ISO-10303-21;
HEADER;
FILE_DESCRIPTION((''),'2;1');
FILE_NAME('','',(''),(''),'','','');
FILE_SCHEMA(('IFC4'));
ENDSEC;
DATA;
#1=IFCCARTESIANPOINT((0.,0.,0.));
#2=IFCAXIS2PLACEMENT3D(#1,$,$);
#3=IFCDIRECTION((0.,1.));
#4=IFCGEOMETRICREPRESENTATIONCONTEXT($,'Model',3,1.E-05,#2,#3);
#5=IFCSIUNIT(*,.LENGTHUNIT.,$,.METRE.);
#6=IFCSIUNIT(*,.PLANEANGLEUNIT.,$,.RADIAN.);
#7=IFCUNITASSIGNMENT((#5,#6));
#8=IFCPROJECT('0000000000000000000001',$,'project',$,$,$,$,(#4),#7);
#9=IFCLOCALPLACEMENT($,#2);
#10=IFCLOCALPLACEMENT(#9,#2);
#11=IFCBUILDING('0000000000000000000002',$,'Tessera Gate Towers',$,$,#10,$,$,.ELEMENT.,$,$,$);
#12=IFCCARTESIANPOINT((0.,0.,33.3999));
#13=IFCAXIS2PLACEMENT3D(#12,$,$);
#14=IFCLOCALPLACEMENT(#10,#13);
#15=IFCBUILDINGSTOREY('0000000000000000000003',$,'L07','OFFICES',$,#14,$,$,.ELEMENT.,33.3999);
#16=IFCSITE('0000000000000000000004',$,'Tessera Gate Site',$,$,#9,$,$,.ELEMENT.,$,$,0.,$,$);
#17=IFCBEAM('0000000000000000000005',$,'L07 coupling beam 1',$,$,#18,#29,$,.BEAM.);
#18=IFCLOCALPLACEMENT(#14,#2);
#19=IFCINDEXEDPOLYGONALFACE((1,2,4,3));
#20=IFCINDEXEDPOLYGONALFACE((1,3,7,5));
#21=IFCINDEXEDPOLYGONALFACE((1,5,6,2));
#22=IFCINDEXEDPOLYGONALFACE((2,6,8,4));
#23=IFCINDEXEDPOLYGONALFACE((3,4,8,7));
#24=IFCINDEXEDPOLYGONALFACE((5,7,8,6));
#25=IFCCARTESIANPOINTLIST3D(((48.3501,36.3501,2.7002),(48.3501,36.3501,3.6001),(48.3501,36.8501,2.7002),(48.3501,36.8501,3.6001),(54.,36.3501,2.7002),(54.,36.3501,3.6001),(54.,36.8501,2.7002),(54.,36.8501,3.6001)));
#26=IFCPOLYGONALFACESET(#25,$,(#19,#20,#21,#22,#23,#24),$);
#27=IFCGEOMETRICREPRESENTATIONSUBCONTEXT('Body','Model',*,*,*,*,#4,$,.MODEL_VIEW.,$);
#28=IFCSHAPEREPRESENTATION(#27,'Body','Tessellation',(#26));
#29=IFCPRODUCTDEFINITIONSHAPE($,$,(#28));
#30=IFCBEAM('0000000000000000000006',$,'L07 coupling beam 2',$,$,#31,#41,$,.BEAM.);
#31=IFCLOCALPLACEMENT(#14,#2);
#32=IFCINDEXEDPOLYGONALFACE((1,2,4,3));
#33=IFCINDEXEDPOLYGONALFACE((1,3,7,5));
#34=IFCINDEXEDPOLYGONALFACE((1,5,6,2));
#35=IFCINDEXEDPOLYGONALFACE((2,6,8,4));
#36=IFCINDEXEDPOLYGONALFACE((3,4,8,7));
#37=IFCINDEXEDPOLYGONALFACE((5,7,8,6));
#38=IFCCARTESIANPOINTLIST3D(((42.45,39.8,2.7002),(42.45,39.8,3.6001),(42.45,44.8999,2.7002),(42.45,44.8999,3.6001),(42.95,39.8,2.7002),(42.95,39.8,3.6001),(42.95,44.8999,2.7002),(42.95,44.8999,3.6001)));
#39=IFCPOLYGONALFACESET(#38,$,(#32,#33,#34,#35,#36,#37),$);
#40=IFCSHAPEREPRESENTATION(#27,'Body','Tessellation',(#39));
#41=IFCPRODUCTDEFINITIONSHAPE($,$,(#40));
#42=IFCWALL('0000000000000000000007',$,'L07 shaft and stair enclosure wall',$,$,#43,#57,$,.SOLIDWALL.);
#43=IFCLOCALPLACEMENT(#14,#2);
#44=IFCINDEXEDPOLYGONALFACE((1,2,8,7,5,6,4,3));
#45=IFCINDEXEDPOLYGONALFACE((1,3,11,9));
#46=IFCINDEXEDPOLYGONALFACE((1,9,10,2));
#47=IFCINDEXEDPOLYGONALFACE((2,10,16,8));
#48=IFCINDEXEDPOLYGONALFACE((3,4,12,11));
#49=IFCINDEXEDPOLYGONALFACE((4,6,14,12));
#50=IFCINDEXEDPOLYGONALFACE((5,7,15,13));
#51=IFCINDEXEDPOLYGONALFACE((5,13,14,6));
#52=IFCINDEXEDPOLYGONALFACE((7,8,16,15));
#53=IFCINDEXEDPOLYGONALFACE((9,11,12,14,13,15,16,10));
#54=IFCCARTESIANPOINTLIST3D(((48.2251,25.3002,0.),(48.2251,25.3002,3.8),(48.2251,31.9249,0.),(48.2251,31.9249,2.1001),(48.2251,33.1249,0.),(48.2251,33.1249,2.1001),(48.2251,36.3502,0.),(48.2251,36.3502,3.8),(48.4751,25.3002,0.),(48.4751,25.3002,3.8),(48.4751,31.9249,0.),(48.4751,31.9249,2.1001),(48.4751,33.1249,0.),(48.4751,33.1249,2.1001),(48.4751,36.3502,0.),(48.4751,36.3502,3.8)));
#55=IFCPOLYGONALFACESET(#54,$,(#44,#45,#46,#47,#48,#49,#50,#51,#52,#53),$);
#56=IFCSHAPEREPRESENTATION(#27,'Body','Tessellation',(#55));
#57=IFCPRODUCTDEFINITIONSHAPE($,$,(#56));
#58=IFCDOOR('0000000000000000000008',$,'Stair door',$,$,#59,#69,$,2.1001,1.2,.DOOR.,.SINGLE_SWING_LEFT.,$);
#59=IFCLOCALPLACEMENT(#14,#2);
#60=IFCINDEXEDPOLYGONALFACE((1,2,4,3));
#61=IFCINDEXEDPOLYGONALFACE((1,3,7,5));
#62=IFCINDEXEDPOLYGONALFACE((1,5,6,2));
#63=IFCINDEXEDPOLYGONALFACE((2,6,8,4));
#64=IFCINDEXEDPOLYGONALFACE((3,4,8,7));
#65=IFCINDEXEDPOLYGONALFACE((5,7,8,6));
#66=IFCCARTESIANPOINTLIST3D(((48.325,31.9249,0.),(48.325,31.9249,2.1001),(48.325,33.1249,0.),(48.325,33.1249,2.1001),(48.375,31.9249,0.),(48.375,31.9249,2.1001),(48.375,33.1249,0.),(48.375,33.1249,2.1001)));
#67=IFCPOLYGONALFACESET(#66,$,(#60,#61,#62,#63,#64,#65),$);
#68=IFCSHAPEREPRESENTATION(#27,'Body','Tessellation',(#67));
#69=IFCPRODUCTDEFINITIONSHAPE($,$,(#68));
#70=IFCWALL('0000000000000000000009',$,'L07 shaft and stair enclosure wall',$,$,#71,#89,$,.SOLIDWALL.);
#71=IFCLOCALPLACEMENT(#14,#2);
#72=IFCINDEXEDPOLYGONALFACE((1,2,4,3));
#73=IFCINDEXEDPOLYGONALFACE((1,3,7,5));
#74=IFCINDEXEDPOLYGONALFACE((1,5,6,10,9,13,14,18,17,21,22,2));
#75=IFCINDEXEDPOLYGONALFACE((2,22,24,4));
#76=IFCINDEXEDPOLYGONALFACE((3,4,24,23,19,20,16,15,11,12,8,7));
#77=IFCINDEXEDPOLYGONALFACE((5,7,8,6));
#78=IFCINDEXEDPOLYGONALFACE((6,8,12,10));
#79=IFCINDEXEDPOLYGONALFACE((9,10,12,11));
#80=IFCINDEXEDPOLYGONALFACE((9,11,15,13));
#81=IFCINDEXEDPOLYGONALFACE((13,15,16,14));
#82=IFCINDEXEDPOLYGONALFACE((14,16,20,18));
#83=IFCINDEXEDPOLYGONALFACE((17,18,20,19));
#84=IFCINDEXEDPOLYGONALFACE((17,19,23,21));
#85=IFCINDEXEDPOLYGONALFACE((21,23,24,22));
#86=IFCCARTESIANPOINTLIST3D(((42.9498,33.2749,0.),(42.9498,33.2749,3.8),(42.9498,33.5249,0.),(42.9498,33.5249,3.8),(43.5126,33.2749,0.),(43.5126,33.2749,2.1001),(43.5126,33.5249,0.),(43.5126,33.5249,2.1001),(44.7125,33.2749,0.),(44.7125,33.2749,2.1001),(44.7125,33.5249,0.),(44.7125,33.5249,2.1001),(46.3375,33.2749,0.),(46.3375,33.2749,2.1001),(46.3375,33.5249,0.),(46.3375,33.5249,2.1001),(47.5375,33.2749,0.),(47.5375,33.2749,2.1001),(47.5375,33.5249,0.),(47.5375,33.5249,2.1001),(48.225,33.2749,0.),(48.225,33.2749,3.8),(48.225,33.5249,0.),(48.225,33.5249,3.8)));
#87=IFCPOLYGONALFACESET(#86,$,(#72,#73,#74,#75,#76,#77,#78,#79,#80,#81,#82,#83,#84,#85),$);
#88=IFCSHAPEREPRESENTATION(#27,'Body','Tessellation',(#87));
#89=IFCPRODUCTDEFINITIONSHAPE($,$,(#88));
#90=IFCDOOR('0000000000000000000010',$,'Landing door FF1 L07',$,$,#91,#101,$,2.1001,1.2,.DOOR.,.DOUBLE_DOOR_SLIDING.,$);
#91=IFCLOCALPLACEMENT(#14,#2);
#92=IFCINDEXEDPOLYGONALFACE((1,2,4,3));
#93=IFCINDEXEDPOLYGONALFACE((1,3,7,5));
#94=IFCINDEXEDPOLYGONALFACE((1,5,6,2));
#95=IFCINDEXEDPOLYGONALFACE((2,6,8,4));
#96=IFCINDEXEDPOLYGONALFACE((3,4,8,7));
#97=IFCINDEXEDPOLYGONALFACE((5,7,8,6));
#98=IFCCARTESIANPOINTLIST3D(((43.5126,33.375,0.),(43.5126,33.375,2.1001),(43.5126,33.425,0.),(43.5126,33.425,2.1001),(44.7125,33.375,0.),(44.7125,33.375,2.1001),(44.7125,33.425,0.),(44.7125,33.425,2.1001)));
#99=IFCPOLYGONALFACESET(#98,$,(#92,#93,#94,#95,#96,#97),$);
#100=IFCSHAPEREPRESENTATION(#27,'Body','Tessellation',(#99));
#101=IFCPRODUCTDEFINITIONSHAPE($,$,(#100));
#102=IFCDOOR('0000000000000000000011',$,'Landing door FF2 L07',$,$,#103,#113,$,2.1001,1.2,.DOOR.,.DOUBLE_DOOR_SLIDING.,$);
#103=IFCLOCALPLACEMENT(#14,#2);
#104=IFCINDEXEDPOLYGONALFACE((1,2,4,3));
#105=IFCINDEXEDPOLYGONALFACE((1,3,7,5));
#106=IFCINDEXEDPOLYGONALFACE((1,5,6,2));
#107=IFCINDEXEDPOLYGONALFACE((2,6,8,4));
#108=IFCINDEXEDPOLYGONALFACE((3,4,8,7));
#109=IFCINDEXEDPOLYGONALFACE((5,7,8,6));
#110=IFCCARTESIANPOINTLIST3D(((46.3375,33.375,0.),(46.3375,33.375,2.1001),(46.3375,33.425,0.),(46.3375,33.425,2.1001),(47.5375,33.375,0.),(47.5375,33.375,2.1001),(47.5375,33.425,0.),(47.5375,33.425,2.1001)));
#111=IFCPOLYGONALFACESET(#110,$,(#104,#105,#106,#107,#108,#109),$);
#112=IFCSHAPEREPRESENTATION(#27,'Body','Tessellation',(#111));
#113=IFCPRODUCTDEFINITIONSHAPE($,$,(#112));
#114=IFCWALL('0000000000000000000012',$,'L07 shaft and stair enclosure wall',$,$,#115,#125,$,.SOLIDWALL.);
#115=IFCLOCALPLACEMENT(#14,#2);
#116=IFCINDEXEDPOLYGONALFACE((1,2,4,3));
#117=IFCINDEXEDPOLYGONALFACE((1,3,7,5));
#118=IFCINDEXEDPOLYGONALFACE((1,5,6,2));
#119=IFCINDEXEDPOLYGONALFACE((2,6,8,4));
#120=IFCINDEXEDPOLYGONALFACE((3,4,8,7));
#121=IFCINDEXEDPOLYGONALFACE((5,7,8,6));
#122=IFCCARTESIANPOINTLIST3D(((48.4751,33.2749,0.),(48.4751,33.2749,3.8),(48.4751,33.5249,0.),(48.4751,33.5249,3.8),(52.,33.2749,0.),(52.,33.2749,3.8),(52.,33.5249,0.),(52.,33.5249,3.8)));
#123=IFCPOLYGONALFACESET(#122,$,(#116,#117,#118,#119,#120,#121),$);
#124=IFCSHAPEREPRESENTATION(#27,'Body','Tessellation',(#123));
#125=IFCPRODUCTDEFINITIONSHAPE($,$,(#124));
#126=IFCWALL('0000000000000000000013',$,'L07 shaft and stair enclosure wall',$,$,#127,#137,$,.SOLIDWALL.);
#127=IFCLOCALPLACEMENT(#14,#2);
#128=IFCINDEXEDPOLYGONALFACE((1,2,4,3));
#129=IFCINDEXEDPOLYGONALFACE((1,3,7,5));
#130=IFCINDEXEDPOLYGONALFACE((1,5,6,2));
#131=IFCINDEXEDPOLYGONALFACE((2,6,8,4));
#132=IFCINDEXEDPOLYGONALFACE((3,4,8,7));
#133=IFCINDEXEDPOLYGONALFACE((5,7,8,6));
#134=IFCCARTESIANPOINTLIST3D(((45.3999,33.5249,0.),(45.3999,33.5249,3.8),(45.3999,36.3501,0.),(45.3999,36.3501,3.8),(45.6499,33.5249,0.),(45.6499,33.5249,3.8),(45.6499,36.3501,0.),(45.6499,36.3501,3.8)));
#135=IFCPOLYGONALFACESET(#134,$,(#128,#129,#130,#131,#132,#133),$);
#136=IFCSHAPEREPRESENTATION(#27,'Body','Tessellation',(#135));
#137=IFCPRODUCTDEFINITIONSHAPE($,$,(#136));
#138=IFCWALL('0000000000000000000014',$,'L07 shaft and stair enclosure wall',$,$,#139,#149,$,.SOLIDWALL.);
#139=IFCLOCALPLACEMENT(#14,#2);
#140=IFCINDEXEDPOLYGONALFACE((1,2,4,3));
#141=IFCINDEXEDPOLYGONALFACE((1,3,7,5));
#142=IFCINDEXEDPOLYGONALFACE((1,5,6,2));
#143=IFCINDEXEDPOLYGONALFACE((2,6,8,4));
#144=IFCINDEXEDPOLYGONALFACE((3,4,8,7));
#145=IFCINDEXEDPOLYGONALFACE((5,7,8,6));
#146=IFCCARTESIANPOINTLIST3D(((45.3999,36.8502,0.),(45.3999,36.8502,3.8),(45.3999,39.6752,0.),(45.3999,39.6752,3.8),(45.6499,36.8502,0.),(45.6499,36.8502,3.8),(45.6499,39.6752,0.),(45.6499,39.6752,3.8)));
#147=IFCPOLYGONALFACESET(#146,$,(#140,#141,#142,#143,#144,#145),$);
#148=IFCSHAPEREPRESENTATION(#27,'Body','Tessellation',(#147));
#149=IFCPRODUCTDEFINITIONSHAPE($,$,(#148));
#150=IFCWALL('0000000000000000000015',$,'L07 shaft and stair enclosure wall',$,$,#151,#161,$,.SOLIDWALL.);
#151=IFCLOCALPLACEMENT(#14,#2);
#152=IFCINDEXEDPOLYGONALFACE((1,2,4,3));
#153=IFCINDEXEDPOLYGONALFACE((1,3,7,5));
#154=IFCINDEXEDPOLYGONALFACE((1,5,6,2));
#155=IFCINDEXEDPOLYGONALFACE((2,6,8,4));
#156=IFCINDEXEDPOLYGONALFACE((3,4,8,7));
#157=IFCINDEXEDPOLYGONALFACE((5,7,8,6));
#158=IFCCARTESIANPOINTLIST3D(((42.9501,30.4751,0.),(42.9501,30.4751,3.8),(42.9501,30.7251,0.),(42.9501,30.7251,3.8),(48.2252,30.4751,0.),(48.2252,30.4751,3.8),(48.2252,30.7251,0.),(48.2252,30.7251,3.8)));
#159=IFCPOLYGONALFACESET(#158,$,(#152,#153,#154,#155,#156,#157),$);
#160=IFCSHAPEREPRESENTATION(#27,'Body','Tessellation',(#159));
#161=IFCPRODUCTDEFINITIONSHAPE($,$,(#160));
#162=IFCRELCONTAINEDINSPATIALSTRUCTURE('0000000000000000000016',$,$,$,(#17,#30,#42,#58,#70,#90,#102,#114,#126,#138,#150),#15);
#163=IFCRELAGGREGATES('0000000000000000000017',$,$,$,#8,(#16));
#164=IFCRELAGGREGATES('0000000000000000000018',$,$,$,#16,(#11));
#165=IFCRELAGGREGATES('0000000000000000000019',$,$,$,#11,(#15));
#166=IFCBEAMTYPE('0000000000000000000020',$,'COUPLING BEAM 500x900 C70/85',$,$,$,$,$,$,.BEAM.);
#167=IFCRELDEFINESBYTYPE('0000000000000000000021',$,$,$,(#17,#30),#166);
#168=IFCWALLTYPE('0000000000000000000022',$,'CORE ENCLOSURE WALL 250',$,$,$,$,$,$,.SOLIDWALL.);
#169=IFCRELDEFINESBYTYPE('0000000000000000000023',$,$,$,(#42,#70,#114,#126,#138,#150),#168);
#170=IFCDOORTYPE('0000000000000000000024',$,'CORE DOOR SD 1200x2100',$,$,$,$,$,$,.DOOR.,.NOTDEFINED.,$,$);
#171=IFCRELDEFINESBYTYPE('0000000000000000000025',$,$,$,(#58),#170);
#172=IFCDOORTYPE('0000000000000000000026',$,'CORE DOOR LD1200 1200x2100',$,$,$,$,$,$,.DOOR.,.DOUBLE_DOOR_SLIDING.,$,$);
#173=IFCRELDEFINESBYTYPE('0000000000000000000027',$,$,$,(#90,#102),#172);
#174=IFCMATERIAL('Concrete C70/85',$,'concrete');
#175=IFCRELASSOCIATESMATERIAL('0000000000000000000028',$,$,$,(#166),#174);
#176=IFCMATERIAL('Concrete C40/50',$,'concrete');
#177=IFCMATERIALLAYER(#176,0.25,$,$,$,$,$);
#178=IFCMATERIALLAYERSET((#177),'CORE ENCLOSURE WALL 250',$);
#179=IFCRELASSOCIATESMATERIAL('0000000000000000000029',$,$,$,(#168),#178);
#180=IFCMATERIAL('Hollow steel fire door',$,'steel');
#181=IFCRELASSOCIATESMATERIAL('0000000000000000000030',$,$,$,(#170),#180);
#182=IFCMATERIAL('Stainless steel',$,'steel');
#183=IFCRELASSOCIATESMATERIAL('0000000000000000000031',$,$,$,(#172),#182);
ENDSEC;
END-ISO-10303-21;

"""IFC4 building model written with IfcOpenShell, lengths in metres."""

from ifc_helpers import new_model, si_unit, direction, frame, frame_2d, origin, origin_2d, place, context, subcontext, project, spatial, rectangle, extrude, source, transform, mapped, material, layer, layer_set, material_profile, profile_set, type_object, element, fill, save


model = new_model("IFC4")

# Units and contexts
model_context = context("Model", 3, precision=1e-05, world=origin(), true_north=direction((0.0, 1.0)))
body_context = subcontext(model_context, "Body", "Model", "MODEL_VIEW")
ifc_project = project(units=[si_unit("LENGTHUNIT", "METRE"), si_unit("PLANEANGLEUNIT", "RADIAN")], contexts=[model_context])

# Site, building, storey
site_placement = place(None, origin())
site = spatial("IfcSite", under=ifc_project, at=site_placement, Name="Tessera Gate Site", CompositionType="ELEMENT", RefElevation=0.0)
building_placement = place(site_placement, origin())
building = spatial("IfcBuilding", under=site, at=building_placement, Name="Tessera Gate Towers", CompositionType="ELEMENT")
storey_placement = place(building_placement, frame((0.0, 0.0, 33.3999)))
storey = spatial("IfcBuildingStorey", under=building, at=storey_placement, Name="L07", Description="OFFICES", CompositionType="ELEMENT", Elevation=33.3999)

# Beams
ifc_material_1 = material(Name="Concrete C70/85", Category="concrete")
ifc_material_profile = material_profile(ifc_material_1, rectangle(XDim=0.5, YDim=0.8999, at=origin_2d()), Name="RC 500x900")
ifc_profile_set = profile_set([ifc_material_profile], Name="Concrete C70/85")
beam_type = type_object("IfcBeamType", Name="COUPLING BEAM 500x900 C70/85", PredefinedType="BEAM", material=ifc_profile_set)
beam_1_placement = place(storey_placement, frame((48.3501, 36.6001, 3.1501), z_axis=(1.0, 0.0, 0.0), x_axis=(0.0, 1.0, 0.0)))
element("IfcBeam", 1, at=beam_1_placement, inside=storey, type_object=beam_type, Name="L07 coupling beam 1", PredefinedType="BEAM", context=body_context, shape_type="SweptSolid", body=[
    extrude(rectangle(XDim=0.5, YDim=0.8999, at=origin_2d()), origin(), (0.0, 0.0, 1.0), 5.6499),
])
beam_2_placement = place(storey_placement, frame((42.7, 39.8, 3.1501), z_axis=(0.0, 1.0, 0.0), x_axis=(-1.0, 0.0, 0.0)))
element("IfcBeam", 2, at=beam_2_placement, inside=storey, type_object=beam_type, Name="L07 coupling beam 2", PredefinedType="BEAM", context=body_context, shape_type="SweptSolid", body=[
    extrude(rectangle(XDim=0.5, YDim=0.8999, at=origin_2d()), origin(), (0.0, 0.0, 1.0), 5.0999),
])

# Wall, opening, door
ifc_material_2 = material(Name="Concrete C40/50", Category="concrete")
ifc_layer_1 = layer(ifc_material_2, 0.25)
ifc_layer_set_1 = layer_set([ifc_layer_1], Name="CORE ENCLOSURE WALL 250")
wall_type_1 = type_object("IfcWallType", Name="CORE ENCLOSURE WALL 250", PredefinedType="SOLIDWALL", material=ifc_layer_set_1)
wall_1_placement = place(storey_placement, frame((48.3501, 36.3501, 0.0), z_axis=(0.0, 0.0, 1.0), x_axis=(0.0, -1.0, 0.0)))
wall_1 = element("IfcWall", 3, at=wall_1_placement, inside=storey, type_object=wall_type_1, Name="L07 shaft and stair enclosure wall", PredefinedType="SOLIDWALL", context=body_context, shape_type="SweptSolid", body=[
    extrude(rectangle(XDim=11.05, YDim=0.25, at=frame_2d((5.5249, 0.0))), origin(), (0.0, 0.0, 1.0), 3.8),
])
shared_shape_1 = source(origin(), body_context, "Body", "SweptSolid", [
    extrude(rectangle(XDim=1.2, YDim=2.1001, at=frame_2d((0.6001, 1.05))), frame((0.0, 0.135, 0.0), z_axis=(0.0, -1.0, 0.0), x_axis=(1.0, 0.0, 0.0)), (0.0, 0.0, 1.0), 0.27),
])
opening_1_placement = place(wall_1_placement, frame((3.2251, 0.0, 0.0)))
opening_1 = element("IfcOpeningElement", 4, at=opening_1_placement, cuts=wall_1, PredefinedType="OPENING", context=body_context, shape_type="MappedRepresentation", body=[
    mapped(shared_shape_1, transform((0.0, 0.0, 0.0), scale=1.0)),
])
ifc_material_3 = material(Name="Hollow steel fire door", Category="steel")
door_type_1 = type_object("IfcDoorType", Name="CORE DOOR SD 1200x2100", OperationType="NOTDEFINED", PredefinedType="DOOR", material=ifc_material_3)
shared_shape_2 = source(origin(), body_context, "Body", "SweptSolid", [
    extrude(rectangle(XDim=1.2, YDim=2.1001, at=frame_2d((0.6001, 1.05))), frame((0.0, 0.0249, 0.0), z_axis=(0.0, -1.0, 0.0), x_axis=(1.0, 0.0, 0.0)), (0.0, 0.0, 1.0), 0.05),
])
door_1_placement = place(opening_1_placement, origin())
door_1 = element("IfcDoor", 5, at=door_1_placement, inside=storey, type_object=door_type_1, Name="Stair door", OperationType="SINGLE_SWING_LEFT", OverallHeight=2.1001, OverallWidth=1.2, PredefinedType="DOOR", context=body_context, shape_type="MappedRepresentation", body=[
    mapped(shared_shape_2, transform((0.0, 0.0, 0.0), scale=1.0)),
])
fill(opening_1, door_1)

# Wall, openings, doors
wall_2_placement = place(storey_placement, frame((48.2251, 33.3999, 0.0), z_axis=(0.0, 0.0, 1.0), x_axis=(-1.0, 0.0, 0.0)))
wall_2 = element("IfcWall", 6, at=wall_2_placement, inside=storey, type_object=wall_type_1, Name="L07 shaft and stair enclosure wall", PredefinedType="SOLIDWALL", context=body_context, shape_type="SweptSolid", body=[
    extrude(rectangle(XDim=5.2751, YDim=0.25, at=frame_2d((2.6377, 0.0))), origin(), (0.0, 0.0, 1.0), 3.8),
])
opening_2_placement = place(wall_2_placement, frame((3.5125, 0.0, 0.0)))
opening_2 = element("IfcOpeningElement", 7, at=opening_2_placement, cuts=wall_2, PredefinedType="OPENING", context=body_context, shape_type="MappedRepresentation", body=[
    mapped(shared_shape_1, transform((0.0, 0.0, 0.0), scale=1.0)),
])
opening_3_placement = place(wall_2_placement, frame((0.6875, 0.0, 0.0)))
opening_3 = element("IfcOpeningElement", 8, at=opening_3_placement, cuts=wall_2, PredefinedType="OPENING", context=body_context, shape_type="MappedRepresentation", body=[
    mapped(shared_shape_1, transform((0.0, 0.0, 0.0), scale=1.0)),
])
ifc_material_4 = material(Name="Stainless steel", Category="steel")
door_type_2 = type_object("IfcDoorType", Name="CORE DOOR LD1200 1200x2100", OperationType="DOUBLE_DOOR_SLIDING", PredefinedType="DOOR", material=ifc_material_4)
door_2_placement = place(opening_2_placement, origin())
door_2 = element("IfcDoor", 9, at=door_2_placement, inside=storey, type_object=door_type_2, Name="Landing door FF1 L07", OperationType="DOUBLE_DOOR_SLIDING", OverallHeight=2.1001, OverallWidth=1.2, PredefinedType="DOOR", context=body_context, shape_type="MappedRepresentation", body=[
    mapped(shared_shape_2, transform((0.0, 0.0, 0.0), scale=1.0)),
])
fill(opening_2, door_2)
door_3_placement = place(opening_3_placement, origin())
door_3 = element("IfcDoor", 10, at=door_3_placement, inside=storey, type_object=door_type_2, Name="Landing door FF2 L07", OperationType="DOUBLE_DOOR_SLIDING", OverallHeight=2.1001, OverallWidth=1.2, PredefinedType="DOOR", context=body_context, shape_type="MappedRepresentation", body=[
    mapped(shared_shape_2, transform((0.0, 0.0, 0.0), scale=1.0)),
])
fill(opening_3, door_3)

# Walls
wall_3_placement = place(storey_placement, frame((48.4751, 33.3999, 0.0), z_axis=(0.0, 0.0, 1.0), x_axis=(1.0, 0.0, 0.0)))
element("IfcWall", 11, at=wall_3_placement, inside=storey, type_object=wall_type_1, Name="L07 shaft and stair enclosure wall", PredefinedType="SOLIDWALL", context=body_context, shape_type="SweptSolid", body=[
    extrude(rectangle(XDim=3.5249, YDim=0.25, at=frame_2d((1.7625, 0.0))), origin(), (0.0, 0.0, 1.0), 3.8),
])
wall_4_placement = place(storey_placement, frame((45.5249, 33.5249, 0.0), z_axis=(0.0, 0.0, 1.0), x_axis=(0.0, 1.0, 0.0)))
element("IfcWall", 12, at=wall_4_placement, inside=storey, type_object=wall_type_1, Name="L07 shaft and stair enclosure wall", PredefinedType="SOLIDWALL", context=body_context, shape_type="SweptSolid", body=[
    extrude(rectangle(XDim=2.8252, YDim=0.25, at=frame_2d((1.4126, 0.0))), origin(), (0.0, 0.0, 1.0), 3.8),
])
wall_5_placement = place(storey_placement, frame((45.5249, 36.8501, 0.0), z_axis=(0.0, 0.0, 1.0), x_axis=(0.0, 1.0, 0.0)))
element("IfcWall", 13, at=wall_5_placement, inside=storey, type_object=wall_type_1, Name="L07 shaft and stair enclosure wall", PredefinedType="SOLIDWALL", context=body_context, shape_type="SweptSolid", body=[
    extrude(rectangle(XDim=2.825, YDim=0.25, at=frame_2d((1.4126, 0.0))), origin(), (0.0, 0.0, 1.0), 3.8),
])
wall_6_placement = place(storey_placement, frame((42.95, 30.6001, 0.0), z_axis=(0.0, 0.0, 1.0), x_axis=(1.0, 0.0, 0.0)))
element("IfcWall", 14, at=wall_6_placement, inside=storey, type_object=wall_type_1, Name="L07 shaft and stair enclosure wall", PredefinedType="SOLIDWALL", context=body_context, shape_type="SweptSolid", body=[
    extrude(rectangle(XDim=5.2751, YDim=0.25, at=frame_2d((2.6377, 0.0))), origin(), (0.0, 0.0, 1.0), 3.8),
])

save(model, "model.ifc")
